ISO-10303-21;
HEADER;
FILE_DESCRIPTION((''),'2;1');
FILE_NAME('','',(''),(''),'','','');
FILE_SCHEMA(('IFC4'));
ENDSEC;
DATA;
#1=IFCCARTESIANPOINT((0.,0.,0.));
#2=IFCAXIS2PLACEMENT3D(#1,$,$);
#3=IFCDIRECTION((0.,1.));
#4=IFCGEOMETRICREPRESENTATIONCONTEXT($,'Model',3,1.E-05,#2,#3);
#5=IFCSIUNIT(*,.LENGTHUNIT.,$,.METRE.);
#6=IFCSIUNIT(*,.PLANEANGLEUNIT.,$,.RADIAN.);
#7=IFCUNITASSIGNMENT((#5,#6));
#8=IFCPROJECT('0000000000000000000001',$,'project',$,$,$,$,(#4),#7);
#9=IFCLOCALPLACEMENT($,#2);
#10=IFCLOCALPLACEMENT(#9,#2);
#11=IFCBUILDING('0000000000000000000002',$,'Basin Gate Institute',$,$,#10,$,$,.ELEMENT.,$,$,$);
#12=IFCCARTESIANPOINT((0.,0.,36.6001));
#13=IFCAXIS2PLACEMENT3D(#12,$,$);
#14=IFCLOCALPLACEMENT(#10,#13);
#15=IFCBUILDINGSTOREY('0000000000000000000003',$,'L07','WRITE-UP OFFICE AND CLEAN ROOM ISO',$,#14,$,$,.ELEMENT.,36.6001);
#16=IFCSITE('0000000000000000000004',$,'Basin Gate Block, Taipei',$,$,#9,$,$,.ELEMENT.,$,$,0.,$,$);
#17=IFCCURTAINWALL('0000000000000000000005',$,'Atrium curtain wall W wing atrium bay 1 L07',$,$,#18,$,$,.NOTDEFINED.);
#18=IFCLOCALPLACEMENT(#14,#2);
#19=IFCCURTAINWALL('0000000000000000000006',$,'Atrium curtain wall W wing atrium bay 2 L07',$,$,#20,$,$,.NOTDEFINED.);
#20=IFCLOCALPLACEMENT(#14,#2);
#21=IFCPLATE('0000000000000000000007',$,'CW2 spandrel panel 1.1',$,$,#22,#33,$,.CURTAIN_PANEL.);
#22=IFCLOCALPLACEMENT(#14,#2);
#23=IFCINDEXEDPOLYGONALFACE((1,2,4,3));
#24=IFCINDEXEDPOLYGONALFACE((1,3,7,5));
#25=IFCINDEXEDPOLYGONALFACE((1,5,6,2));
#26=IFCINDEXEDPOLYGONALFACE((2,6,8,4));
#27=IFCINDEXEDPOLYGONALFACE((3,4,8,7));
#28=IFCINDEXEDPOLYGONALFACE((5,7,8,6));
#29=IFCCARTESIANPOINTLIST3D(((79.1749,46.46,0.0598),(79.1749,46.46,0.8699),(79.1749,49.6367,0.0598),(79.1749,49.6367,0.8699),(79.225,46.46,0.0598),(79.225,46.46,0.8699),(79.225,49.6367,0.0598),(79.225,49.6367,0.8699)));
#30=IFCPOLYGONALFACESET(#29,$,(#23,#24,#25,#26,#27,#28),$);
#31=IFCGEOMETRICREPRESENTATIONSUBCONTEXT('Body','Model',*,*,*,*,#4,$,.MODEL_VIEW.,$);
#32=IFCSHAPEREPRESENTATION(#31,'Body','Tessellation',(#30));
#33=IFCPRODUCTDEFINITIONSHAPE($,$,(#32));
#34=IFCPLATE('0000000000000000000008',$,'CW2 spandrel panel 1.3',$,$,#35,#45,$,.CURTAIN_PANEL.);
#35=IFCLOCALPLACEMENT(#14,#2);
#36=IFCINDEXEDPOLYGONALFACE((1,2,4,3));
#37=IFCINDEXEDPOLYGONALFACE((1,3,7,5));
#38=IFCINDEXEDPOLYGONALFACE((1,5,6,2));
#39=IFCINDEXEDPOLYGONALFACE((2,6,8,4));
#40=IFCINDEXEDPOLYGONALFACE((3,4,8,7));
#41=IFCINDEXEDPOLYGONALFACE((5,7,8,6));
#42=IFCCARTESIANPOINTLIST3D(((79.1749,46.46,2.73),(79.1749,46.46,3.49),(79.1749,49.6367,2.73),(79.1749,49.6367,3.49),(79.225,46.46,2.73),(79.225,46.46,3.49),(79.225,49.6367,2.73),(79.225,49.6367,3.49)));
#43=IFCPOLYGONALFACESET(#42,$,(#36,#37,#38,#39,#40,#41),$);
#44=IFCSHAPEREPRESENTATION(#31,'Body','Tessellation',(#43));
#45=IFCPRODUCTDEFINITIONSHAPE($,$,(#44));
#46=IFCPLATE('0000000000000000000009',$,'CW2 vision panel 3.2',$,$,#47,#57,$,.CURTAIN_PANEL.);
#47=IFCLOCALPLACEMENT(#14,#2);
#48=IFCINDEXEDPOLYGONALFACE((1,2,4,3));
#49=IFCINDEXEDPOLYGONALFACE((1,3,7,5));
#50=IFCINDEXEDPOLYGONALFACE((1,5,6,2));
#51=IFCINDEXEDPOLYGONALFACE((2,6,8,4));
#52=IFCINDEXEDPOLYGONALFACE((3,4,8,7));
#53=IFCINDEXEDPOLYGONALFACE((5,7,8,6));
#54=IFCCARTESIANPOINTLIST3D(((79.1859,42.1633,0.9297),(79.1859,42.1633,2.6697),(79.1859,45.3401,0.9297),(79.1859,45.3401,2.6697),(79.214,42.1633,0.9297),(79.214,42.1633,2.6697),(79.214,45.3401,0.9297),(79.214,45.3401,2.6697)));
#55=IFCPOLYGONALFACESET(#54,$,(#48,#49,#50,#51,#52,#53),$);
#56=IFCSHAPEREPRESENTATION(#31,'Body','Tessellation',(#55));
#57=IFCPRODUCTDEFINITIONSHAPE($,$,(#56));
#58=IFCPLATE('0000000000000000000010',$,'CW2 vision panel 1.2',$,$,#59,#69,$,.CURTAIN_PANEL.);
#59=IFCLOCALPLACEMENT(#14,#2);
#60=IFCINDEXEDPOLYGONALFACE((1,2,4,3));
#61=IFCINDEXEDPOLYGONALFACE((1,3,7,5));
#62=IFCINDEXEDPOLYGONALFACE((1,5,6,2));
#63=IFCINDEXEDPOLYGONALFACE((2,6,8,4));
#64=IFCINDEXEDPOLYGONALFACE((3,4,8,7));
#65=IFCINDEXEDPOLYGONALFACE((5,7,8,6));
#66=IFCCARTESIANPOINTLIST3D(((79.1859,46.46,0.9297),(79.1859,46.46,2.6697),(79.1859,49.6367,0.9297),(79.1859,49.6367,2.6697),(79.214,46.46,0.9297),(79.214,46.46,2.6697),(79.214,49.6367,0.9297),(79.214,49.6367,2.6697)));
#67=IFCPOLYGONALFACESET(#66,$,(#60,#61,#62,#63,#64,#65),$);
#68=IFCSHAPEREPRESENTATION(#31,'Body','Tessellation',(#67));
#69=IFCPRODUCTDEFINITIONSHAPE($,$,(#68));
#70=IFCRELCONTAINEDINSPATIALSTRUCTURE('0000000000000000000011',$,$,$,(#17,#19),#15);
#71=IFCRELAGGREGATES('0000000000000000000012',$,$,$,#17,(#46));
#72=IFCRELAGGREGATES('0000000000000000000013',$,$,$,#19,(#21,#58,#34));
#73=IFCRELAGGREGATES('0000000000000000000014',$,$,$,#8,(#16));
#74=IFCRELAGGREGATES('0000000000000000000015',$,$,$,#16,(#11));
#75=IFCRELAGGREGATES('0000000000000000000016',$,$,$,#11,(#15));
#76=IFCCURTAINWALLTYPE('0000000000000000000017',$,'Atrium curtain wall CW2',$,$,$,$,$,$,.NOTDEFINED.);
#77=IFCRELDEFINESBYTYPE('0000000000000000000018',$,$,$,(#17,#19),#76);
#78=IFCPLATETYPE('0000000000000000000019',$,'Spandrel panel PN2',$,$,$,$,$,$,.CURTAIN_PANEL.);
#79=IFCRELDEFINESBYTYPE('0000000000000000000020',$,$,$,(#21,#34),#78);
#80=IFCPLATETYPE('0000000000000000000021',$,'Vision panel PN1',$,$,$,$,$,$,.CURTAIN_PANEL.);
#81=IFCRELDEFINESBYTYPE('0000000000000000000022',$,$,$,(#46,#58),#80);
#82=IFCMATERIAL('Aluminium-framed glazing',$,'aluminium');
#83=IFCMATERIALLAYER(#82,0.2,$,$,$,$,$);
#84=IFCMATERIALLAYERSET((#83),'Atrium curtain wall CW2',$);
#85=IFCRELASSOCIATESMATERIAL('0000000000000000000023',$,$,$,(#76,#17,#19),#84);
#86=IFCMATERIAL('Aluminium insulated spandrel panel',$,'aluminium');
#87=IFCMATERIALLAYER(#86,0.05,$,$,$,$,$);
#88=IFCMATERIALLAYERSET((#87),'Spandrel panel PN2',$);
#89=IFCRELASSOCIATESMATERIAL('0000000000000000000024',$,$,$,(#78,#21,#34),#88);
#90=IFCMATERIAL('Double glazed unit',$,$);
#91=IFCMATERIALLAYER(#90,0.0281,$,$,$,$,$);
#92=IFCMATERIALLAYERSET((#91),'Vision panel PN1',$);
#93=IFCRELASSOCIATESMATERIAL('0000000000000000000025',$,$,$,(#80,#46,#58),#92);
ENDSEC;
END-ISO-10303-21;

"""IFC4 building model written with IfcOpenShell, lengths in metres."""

from ifc_helpers import new_model, si_unit, direction, frame, origin, origin_2d, place, context, subcontext, project, spatial, rectangle, extrude, material, layer, layer_set, type_object, element, aggregate, save


model = new_model("IFC4")

# Units and contexts
model_context = context("Model", 3, precision=1e-05, world=origin(), true_north=direction((0.0, 1.0)))
body_context = subcontext(model_context, "Body", "Model", "MODEL_VIEW")
ifc_project = project(units=[si_unit("LENGTHUNIT", "METRE"), si_unit("PLANEANGLEUNIT", "RADIAN")], contexts=[model_context])

# Site, building, storey
site_placement = place(None, origin())
site = spatial("IfcSite", under=ifc_project, at=site_placement, Name="Basin Gate Block, Taipei", CompositionType="ELEMENT", RefElevation=0.0)
building_placement = place(site_placement, origin())
building = spatial("IfcBuilding", under=site, at=building_placement, Name="Basin Gate Institute", CompositionType="ELEMENT")
storey_placement = place(building_placement, frame((0.0, 0.0, 36.6001)))
storey = spatial("IfcBuildingStorey", under=building, at=storey_placement, Name="L07", Description="WRITE-UP OFFICE AND CLEAN ROOM ISO", CompositionType="ELEMENT", Elevation=36.6001)

# Curtain wall
ifc_material_1 = material(Name="Aluminium-framed glazing", Category="aluminium")
ifc_layer_1 = layer(ifc_material_1, 0.2)
ifc_layer_set_1 = layer_set([ifc_layer_1], Name="Atrium curtain wall CW2")
curtain_wall_type = type_object("IfcCurtainWallType", Name="Atrium curtain wall CW2", PredefinedType="NOTDEFINED", material=ifc_layer_set_1)
curtain_wall_1_placement = place(storey_placement, origin())
curtain_wall_1 = element("IfcCurtainWall", 1, at=curtain_wall_1_placement, inside=storey, type_object=curtain_wall_type, material=ifc_layer_set_1, Name="Atrium curtain wall W wing atrium bay 1 L07", PredefinedType="NOTDEFINED")

# Curtain wall
curtain_wall_2_placement = place(storey_placement, origin())
curtain_wall_2 = element("IfcCurtainWall", 2, at=curtain_wall_2_placement, inside=storey, type_object=curtain_wall_type, material=ifc_layer_set_1, Name="Atrium curtain wall W wing atrium bay 2 L07", PredefinedType="NOTDEFINED")

# Plates
ifc_material_2 = material(Name="Aluminium insulated spandrel panel", Category="aluminium")
ifc_layer_2 = layer(ifc_material_2, 0.05)
ifc_layer_set_2 = layer_set([ifc_layer_2], Name="Spandrel panel PN2")
plate_type_1 = type_object("IfcPlateType", Name="Spandrel panel PN2", PredefinedType="CURTAIN_PANEL", material=ifc_layer_set_2)
plate_1_placement = place(storey_placement, frame((79.2, 48.0483, 0.0598), z_axis=(0.0, 0.0, 1.0), x_axis=(0.0, 1.0, 0.0)))
plate_1 = element("IfcPlate", 3, at=plate_1_placement, type_object=plate_type_1, material=ifc_layer_set_2, Name="CW2 spandrel panel 1.1", PredefinedType="CURTAIN_PANEL", context=body_context, shape_type="SweptSolid", body=[
    extrude(rectangle(XDim=3.1768, YDim=0.05, at=origin_2d()), origin(), (0.0, 0.0, 1.0), 0.8101),
])
plate_2_placement = place(storey_placement, frame((79.2, 48.0483, 2.73), z_axis=(0.0, 0.0, 1.0), x_axis=(0.0, 1.0, 0.0)))
plate_2 = element("IfcPlate", 4, at=plate_2_placement, type_object=plate_type_1, material=ifc_layer_set_2, Name="CW2 spandrel panel 1.3", PredefinedType="CURTAIN_PANEL", context=body_context, shape_type="SweptSolid", body=[
    extrude(rectangle(XDim=3.1768, YDim=0.05, at=origin_2d()), origin(), (0.0, 0.0, 1.0), 0.76),
])
ifc_material_3 = material(Name="Double glazed unit")
ifc_layer_3 = layer(ifc_material_3, 0.0281)
ifc_layer_set_3 = layer_set([ifc_layer_3], Name="Vision panel PN1")
plate_type_2 = type_object("IfcPlateType", Name="Vision panel PN1", PredefinedType="CURTAIN_PANEL", material=ifc_layer_set_3)
plate_3_placement = place(storey_placement, frame((79.2, 43.7517, 0.9297), z_axis=(0.0, 0.0, 1.0), x_axis=(0.0, 1.0, 0.0)))
plate_3 = element("IfcPlate", 5, at=plate_3_placement, type_object=plate_type_2, material=ifc_layer_set_3, Name="CW2 vision panel 3.2", PredefinedType="CURTAIN_PANEL", context=body_context, shape_type="SweptSolid", body=[
    extrude(rectangle(XDim=3.1768, YDim=0.0281, at=origin_2d()), origin(), (0.0, 0.0, 1.0), 1.74),
])
aggregate(curtain_wall_1, [plate_3])
plate_4_placement = place(storey_placement, frame((79.2, 48.0483, 0.9297), z_axis=(0.0, 0.0, 1.0), x_axis=(0.0, 1.0, 0.0)))
plate_4 = element("IfcPlate", 6, at=plate_4_placement, type_object=plate_type_2, material=ifc_layer_set_3, Name="CW2 vision panel 1.2", PredefinedType="CURTAIN_PANEL", context=body_context, shape_type="SweptSolid", body=[
    extrude(rectangle(XDim=3.1768, YDim=0.0281, at=origin_2d()), origin(), (0.0, 0.0, 1.0), 1.74),
])
aggregate(curtain_wall_2, [plate_1, plate_4, plate_2])

save(model, "model.ifc")
